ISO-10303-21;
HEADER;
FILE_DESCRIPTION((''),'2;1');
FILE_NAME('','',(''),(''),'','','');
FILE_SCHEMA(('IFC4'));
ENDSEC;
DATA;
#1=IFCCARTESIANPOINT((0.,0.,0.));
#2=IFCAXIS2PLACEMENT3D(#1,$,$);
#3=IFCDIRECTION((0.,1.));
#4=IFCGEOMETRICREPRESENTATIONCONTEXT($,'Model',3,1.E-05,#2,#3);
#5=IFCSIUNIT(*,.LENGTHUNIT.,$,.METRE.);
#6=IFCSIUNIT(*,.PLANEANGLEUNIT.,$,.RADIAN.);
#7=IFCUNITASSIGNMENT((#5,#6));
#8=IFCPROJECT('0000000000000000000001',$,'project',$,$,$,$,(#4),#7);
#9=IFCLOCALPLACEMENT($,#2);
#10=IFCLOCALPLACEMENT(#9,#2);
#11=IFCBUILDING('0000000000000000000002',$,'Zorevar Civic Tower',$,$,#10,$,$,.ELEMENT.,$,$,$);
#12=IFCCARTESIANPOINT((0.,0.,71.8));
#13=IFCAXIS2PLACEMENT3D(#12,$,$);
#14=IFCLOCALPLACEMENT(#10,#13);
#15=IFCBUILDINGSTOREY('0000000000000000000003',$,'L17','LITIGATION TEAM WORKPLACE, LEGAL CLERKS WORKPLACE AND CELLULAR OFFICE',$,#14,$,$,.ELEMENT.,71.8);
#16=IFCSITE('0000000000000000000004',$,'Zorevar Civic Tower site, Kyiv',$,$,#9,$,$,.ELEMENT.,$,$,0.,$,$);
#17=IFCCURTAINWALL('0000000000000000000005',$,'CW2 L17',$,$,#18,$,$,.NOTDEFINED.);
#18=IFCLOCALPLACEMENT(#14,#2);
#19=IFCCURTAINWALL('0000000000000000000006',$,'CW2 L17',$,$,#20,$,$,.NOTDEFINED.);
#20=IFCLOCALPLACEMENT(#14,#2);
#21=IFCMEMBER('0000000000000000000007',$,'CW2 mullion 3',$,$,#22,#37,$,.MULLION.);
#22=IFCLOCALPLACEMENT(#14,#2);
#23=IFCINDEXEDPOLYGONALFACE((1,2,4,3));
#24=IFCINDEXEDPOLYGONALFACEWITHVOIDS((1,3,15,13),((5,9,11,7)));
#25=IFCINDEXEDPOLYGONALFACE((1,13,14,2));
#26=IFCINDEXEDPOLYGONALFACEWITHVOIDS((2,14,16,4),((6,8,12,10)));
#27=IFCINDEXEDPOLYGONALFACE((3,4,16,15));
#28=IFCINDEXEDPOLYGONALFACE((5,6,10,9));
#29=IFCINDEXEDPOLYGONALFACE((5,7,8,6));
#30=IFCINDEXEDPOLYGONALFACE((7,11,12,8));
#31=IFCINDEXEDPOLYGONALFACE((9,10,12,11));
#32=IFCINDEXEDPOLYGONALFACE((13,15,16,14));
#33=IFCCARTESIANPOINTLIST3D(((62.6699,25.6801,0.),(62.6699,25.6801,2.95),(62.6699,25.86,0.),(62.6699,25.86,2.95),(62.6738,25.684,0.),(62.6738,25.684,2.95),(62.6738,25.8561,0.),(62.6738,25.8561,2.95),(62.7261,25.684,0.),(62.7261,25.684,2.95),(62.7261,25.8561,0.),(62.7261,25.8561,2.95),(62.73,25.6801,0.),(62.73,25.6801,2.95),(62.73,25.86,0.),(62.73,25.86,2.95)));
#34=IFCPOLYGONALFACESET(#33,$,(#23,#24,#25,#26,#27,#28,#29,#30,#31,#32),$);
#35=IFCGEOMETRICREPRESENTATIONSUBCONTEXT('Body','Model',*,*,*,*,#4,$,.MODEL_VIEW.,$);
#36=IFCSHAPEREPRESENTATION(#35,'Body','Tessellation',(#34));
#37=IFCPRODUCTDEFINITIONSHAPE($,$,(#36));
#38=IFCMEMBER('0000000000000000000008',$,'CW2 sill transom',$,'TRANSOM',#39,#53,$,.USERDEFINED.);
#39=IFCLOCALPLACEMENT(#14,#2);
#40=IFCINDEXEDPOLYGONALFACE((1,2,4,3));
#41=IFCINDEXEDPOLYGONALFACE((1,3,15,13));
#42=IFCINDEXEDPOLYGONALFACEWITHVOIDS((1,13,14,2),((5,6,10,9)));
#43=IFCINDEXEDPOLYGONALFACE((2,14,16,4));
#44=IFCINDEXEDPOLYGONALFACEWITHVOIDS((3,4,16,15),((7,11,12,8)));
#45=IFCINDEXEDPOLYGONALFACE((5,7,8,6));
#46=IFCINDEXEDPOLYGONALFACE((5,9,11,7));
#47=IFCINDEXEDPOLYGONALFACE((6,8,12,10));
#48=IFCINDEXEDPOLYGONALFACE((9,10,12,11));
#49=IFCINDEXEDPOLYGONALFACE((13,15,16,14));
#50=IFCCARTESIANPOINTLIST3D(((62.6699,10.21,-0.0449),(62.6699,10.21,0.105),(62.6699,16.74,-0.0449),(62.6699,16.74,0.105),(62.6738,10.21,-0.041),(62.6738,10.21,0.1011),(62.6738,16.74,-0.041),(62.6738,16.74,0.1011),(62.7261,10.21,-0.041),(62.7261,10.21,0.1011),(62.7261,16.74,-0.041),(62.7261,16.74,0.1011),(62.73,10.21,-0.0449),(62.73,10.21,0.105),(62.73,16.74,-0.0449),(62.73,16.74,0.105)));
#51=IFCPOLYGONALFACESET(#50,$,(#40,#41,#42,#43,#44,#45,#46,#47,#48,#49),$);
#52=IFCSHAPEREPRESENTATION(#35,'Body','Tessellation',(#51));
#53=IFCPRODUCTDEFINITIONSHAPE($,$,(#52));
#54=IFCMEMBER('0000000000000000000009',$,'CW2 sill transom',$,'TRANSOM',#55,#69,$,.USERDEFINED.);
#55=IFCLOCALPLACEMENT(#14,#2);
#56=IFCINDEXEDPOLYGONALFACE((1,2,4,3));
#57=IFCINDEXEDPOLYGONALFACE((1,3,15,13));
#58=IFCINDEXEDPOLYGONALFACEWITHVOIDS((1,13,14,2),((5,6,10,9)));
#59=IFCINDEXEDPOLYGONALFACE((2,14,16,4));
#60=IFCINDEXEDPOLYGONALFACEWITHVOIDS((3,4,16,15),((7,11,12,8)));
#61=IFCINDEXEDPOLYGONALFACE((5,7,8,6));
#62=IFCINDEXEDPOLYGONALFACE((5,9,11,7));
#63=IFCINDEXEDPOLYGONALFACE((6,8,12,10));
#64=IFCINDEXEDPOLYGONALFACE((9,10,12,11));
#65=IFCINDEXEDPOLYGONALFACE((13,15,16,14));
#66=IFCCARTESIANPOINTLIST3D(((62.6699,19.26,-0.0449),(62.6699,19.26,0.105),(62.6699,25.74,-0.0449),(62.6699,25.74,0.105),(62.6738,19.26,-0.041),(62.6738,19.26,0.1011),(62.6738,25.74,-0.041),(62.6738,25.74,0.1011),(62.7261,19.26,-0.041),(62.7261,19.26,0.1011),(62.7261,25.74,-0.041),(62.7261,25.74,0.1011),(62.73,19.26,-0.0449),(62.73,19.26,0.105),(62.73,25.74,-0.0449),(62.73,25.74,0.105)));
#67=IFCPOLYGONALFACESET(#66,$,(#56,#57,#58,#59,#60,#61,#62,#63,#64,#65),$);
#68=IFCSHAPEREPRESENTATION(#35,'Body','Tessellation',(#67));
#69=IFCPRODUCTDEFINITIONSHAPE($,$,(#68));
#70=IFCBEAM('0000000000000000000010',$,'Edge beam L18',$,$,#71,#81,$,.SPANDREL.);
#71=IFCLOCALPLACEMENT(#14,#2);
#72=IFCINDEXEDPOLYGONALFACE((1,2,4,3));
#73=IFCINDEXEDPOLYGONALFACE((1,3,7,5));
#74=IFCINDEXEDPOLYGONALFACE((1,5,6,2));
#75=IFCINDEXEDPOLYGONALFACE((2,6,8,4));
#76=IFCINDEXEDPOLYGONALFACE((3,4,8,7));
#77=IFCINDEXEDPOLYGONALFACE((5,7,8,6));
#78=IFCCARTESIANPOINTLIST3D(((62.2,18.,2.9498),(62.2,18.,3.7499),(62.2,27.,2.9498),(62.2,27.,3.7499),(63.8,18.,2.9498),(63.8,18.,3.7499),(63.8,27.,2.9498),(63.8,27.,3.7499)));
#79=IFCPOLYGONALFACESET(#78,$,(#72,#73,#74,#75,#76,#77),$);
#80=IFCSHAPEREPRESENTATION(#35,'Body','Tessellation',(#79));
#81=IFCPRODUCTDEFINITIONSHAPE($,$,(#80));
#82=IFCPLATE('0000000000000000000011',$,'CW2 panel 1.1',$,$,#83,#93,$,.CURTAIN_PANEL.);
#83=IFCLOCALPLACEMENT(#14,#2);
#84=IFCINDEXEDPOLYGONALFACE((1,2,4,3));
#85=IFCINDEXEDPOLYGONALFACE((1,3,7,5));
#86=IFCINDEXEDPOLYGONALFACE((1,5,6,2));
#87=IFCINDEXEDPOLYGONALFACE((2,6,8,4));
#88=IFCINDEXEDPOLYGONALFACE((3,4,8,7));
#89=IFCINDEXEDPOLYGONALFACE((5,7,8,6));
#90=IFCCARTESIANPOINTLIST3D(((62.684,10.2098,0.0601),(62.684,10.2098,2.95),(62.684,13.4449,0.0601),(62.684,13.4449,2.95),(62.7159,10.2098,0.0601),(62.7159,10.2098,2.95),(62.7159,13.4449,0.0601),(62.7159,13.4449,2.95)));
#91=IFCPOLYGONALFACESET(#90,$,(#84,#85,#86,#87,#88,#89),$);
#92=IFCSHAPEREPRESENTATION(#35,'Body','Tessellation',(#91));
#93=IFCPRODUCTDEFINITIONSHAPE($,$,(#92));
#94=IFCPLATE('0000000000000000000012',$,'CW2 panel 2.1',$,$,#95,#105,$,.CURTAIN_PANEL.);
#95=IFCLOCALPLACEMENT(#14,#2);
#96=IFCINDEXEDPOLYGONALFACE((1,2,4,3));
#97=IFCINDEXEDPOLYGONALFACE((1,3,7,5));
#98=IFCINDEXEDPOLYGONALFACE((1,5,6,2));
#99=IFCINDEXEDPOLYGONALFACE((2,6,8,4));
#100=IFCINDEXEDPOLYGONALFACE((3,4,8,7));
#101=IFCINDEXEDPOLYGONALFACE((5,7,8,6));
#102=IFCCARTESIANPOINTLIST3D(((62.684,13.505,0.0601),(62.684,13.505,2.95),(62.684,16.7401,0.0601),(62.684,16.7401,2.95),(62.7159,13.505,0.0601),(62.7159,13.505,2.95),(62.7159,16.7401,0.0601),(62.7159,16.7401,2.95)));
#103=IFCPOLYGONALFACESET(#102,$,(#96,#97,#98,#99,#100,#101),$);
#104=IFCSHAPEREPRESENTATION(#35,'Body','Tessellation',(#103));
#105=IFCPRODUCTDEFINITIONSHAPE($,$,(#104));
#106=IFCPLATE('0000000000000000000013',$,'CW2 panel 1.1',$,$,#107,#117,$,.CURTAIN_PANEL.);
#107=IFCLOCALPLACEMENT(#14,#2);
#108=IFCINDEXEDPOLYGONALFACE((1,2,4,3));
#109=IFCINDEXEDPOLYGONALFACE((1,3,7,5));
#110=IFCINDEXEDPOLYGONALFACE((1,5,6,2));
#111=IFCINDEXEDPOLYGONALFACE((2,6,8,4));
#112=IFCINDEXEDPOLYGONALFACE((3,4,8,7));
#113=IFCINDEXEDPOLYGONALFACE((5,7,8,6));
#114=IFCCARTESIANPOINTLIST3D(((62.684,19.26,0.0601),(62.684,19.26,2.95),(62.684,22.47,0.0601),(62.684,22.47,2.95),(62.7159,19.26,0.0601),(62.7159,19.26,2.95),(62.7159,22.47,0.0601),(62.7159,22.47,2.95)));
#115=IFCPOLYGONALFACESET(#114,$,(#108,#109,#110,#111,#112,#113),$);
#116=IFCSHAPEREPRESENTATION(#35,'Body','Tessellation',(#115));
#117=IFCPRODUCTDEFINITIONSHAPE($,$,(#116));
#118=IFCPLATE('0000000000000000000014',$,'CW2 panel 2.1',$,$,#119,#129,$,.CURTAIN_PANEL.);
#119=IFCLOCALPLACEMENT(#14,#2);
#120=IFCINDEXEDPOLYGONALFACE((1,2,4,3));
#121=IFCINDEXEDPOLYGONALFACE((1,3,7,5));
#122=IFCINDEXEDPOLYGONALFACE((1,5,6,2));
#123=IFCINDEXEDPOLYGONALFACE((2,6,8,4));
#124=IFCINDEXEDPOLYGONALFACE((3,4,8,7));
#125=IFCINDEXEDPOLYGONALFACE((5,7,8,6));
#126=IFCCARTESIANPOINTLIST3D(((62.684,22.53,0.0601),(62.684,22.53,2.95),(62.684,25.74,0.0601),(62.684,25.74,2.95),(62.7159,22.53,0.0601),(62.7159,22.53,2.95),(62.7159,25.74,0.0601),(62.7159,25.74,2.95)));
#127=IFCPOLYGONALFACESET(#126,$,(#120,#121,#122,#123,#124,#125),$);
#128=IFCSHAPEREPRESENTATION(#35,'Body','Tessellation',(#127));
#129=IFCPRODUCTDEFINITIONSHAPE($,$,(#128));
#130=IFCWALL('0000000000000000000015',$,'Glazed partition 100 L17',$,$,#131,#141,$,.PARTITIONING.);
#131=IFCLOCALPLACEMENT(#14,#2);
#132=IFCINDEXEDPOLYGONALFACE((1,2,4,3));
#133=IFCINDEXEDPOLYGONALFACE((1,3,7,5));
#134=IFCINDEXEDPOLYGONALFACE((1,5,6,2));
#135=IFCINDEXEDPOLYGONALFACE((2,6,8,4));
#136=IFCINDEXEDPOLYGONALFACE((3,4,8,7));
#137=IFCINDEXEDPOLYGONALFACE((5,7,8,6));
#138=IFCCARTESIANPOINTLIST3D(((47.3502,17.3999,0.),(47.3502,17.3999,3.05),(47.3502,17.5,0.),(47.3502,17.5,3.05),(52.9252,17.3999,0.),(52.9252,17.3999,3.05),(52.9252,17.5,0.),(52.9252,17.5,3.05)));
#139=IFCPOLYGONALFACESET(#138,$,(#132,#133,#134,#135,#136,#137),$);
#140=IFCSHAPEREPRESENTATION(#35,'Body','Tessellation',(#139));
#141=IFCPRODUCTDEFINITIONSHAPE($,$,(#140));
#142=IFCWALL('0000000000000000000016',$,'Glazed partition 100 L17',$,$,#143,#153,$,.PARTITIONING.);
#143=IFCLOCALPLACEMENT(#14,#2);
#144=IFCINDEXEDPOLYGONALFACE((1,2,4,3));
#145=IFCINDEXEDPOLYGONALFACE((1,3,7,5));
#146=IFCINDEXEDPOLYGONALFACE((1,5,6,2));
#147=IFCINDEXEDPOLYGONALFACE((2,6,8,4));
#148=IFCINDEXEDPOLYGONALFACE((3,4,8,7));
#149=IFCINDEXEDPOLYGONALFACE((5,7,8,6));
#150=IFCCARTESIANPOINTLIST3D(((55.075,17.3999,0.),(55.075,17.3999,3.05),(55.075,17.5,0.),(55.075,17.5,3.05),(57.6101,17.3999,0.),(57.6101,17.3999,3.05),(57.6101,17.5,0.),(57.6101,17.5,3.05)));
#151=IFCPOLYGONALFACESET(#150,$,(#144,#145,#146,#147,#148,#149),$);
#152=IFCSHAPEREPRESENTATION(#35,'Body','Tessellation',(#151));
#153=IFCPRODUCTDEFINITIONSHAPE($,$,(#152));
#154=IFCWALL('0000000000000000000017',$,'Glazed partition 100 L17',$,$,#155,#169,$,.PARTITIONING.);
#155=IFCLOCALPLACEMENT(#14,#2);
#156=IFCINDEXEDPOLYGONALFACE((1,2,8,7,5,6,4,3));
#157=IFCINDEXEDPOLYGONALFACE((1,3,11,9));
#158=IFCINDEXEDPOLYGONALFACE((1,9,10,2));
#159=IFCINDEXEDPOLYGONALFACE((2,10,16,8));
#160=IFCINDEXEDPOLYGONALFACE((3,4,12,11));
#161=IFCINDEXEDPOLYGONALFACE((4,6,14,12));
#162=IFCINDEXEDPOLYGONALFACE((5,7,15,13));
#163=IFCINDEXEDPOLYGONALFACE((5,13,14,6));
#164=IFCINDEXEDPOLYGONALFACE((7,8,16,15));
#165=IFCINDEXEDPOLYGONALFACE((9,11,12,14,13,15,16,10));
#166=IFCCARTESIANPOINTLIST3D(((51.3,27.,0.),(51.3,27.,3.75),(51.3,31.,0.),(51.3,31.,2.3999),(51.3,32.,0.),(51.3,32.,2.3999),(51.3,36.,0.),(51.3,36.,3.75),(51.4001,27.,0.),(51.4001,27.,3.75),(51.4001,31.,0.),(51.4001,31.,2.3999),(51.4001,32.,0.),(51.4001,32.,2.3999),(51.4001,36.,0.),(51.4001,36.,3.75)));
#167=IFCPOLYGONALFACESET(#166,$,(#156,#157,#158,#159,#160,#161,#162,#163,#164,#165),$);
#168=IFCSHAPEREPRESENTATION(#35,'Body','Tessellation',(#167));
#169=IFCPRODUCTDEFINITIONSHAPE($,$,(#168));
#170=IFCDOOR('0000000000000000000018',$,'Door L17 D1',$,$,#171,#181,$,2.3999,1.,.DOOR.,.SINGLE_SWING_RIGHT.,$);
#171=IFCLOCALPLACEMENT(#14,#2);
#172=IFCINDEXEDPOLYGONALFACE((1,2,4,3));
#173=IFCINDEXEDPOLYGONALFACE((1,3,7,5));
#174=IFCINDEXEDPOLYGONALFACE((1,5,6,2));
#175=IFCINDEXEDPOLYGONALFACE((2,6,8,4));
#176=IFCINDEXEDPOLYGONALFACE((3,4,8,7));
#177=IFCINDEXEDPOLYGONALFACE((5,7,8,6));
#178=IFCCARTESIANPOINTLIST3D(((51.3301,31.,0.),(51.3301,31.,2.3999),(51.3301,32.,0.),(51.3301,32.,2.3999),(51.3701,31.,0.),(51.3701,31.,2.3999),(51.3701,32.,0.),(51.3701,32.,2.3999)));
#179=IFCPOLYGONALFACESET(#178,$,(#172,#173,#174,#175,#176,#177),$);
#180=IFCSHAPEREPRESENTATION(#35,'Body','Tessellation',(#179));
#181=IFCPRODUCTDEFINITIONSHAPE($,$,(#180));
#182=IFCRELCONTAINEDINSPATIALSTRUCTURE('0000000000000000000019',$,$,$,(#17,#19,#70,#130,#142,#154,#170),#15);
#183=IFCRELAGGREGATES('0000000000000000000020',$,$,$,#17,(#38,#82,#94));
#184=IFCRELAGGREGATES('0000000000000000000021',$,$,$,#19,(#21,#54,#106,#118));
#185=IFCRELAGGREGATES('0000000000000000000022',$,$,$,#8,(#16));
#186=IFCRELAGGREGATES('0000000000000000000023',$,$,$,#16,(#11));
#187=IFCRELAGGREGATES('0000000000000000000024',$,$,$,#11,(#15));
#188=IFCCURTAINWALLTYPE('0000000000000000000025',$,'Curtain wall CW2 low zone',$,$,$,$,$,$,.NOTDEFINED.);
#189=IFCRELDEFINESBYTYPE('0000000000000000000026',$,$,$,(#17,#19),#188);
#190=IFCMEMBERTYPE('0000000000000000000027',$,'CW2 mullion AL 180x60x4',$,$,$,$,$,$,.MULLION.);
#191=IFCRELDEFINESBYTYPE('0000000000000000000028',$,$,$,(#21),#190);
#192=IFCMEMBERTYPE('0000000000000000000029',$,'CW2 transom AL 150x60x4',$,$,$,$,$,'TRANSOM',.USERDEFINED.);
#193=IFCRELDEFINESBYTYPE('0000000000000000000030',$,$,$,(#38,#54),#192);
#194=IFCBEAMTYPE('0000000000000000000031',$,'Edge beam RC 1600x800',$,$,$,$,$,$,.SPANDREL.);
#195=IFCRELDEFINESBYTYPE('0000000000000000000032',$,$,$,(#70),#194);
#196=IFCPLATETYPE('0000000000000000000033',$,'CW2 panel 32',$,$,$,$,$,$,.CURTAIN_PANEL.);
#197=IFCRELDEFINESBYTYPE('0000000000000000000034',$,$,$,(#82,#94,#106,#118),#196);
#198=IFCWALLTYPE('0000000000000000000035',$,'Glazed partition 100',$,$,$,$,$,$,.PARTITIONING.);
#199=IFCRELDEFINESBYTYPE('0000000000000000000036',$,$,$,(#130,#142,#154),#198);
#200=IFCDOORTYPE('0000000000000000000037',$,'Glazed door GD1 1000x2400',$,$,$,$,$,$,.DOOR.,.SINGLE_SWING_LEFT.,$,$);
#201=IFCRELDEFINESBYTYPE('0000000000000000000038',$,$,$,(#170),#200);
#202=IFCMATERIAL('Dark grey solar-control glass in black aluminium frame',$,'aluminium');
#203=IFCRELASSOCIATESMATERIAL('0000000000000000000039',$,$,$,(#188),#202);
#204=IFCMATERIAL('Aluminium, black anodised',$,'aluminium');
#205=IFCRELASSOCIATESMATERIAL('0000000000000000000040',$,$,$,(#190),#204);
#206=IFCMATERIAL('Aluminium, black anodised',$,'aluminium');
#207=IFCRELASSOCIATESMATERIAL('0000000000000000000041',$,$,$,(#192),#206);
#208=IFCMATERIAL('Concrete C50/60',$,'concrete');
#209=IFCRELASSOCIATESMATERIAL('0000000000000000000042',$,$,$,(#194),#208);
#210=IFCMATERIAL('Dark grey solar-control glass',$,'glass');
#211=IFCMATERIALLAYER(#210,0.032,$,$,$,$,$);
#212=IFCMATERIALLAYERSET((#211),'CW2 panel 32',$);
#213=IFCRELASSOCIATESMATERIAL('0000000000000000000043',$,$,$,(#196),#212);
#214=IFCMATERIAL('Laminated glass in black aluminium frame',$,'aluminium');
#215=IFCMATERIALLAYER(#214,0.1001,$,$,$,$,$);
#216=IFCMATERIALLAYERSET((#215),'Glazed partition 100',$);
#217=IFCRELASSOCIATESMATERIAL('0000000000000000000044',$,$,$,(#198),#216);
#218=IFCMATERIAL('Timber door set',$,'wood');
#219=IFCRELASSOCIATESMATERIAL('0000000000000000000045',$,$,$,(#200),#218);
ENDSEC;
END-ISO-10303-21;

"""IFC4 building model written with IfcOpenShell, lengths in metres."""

from ifc_helpers import new_model, si_unit, direction, frame, frame_2d, origin, origin_2d, place, context, subcontext, project, spatial, rectangle, hollow_rectangle, extrude, material, layer, layer_set, material_profile, profile_set, type_object, element, fill, aggregate, save


model = new_model("IFC4")

# Units and contexts
model_context = context("Model", 3, precision=1e-05, world=origin(), true_north=direction((0.0, 1.0)))
body_context = subcontext(model_context, "Body", "Model", "MODEL_VIEW")
ifc_project = project(units=[si_unit("LENGTHUNIT", "METRE"), si_unit("PLANEANGLEUNIT", "RADIAN")], contexts=[model_context])

# Site, building, storey
site_placement = place(None, origin())
site = spatial("IfcSite", under=ifc_project, at=site_placement, Name="Zorevar Civic Tower site, Kyiv", CompositionType="ELEMENT", RefElevation=0.0)
building_placement = place(site_placement, origin())
building = spatial("IfcBuilding", under=site, at=building_placement, Name="Zorevar Civic Tower", CompositionType="ELEMENT")
storey_placement = place(building_placement, frame((0.0, 0.0, 71.8)))
storey = spatial("IfcBuildingStorey", under=building, at=storey_placement, Name="L17", Description="LITIGATION TEAM WORKPLACE, LEGAL CLERKS WORKPLACE AND CELLULAR OFFICE", CompositionType="ELEMENT", Elevation=71.8)

# Curtain walls, member
ifc_material_1 = material(Name="Dark grey solar-control glass in black aluminium frame", Category="aluminium")
curtain_wall_type = type_object("IfcCurtainWallType", Name="Curtain wall CW2 low zone", PredefinedType="NOTDEFINED", material=ifc_material_1)
curtain_wall_1_placement = place(storey_placement, origin())
curtain_wall_1 = element("IfcCurtainWall", 1, at=curtain_wall_1_placement, inside=storey, type_object=curtain_wall_type, Name="CW2 L17", PredefinedType="NOTDEFINED")
ifc_material_2 = material(Name="Aluminium, black anodised", Category="aluminium")
ifc_material_profile_1 = material_profile(ifc_material_2, hollow_rectangle(XDim=0.0601, YDim=0.1799, WallThickness=0.0039, at=origin_2d()), Name="AL 180x60x4")
ifc_profile_set_1 = profile_set([ifc_material_profile_1], Name="Aluminium, black anodised")
member_type_1 = type_object("IfcMemberType", Name="CW2 mullion AL 180x60x4", PredefinedType="MULLION", material=ifc_profile_set_1)
curtain_wall_2_placement = place(storey_placement, origin())
curtain_wall_2 = element("IfcCurtainWall", 2, at=curtain_wall_2_placement, inside=storey, type_object=curtain_wall_type, Name="CW2 L17", PredefinedType="NOTDEFINED")
member_1_placement = place(storey_placement, frame((62.7, 25.77, 0.0), z_axis=(0.0, 0.0, 1.0), x_axis=(-1.0, 0.0, 0.0)))
member_1 = element("IfcMember", 3, at=member_1_placement, type_object=member_type_1, Name="CW2 mullion 3", PredefinedType="MULLION", context=body_context, shape_type="SweptSolid", body=[
    extrude(hollow_rectangle(XDim=0.0601, YDim=0.1799, WallThickness=0.0039, at=origin_2d()), origin(), (0.0, 0.0, 1.0), 2.95),
])

# Members
ifc_material_3 = material(Name="Aluminium, black anodised", Category="aluminium")
ifc_material_profile_2 = material_profile(ifc_material_3, hollow_rectangle(XDim=0.0601, YDim=0.1499, WallThickness=0.0039, at=origin_2d()), Name="AL 150x60x4")
ifc_profile_set_2 = profile_set([ifc_material_profile_2], Name="Aluminium, black anodised")
member_type_2 = type_object("IfcMemberType", Name="CW2 transom AL 150x60x4", ElementType="TRANSOM", PredefinedType="USERDEFINED", material=ifc_profile_set_2)
member_2_placement = place(storey_placement, frame((62.7, 10.21, 0.03), z_axis=(0.0, 1.0, 0.0), x_axis=(-1.0, 0.0, 0.0)))
member_2 = element("IfcMember", 4, at=member_2_placement, type_object=member_type_2, Name="CW2 sill transom", ObjectType="TRANSOM", PredefinedType="USERDEFINED", context=body_context, shape_type="SweptSolid", body=[
    extrude(hollow_rectangle(XDim=0.0601, YDim=0.1499, WallThickness=0.0039, at=origin_2d()), origin(), (0.0, 0.0, 1.0), 6.53),
])
member_3_placement = place(storey_placement, frame((62.7, 19.26, 0.03), z_axis=(0.0, 1.0, 0.0), x_axis=(-1.0, 0.0, 0.0)))
member_3 = element("IfcMember", 5, at=member_3_placement, type_object=member_type_2, Name="CW2 sill transom", ObjectType="TRANSOM", PredefinedType="USERDEFINED", context=body_context, shape_type="SweptSolid", body=[
    extrude(hollow_rectangle(XDim=0.0601, YDim=0.1499, WallThickness=0.0039, at=origin_2d()), origin(), (0.0, 0.0, 1.0), 6.48),
])

# Beam
ifc_material_4 = material(Name="Concrete C50/60", Category="concrete")
ifc_material_profile_3 = material_profile(ifc_material_4, rectangle(XDim=1.6001, YDim=0.8, at=origin_2d()), Name="RC 1600x800")
ifc_profile_set_3 = profile_set([ifc_material_profile_3], Name="Concrete C50/60")
beam_type_1 = type_object("IfcBeamType", Name="Edge beam RC 1600x800", PredefinedType="SPANDREL", material=ifc_profile_set_3)
beam_placement = place(storey_placement, frame((63.0, 18.0, 3.3499), z_axis=(0.0, 1.0, 0.0), x_axis=(-1.0, 0.0, 0.0)))
element("IfcBeam", 6, at=beam_placement, inside=storey, type_object=beam_type_1, Name="Edge beam L18", PredefinedType="SPANDREL", context=body_context, shape_type="SweptSolid", body=[
    extrude(rectangle(XDim=1.6001, YDim=0.8, at=origin_2d()), origin(), (0.0, 0.0, 1.0), 9.0),
])

# Plates
ifc_material_5 = material(Name="Dark grey solar-control glass", Category="glass")
ifc_layer_1 = layer(ifc_material_5, 0.032)
ifc_layer_set_1 = layer_set([ifc_layer_1], Name="CW2 panel 32")
plate_type = type_object("IfcPlateType", Name="CW2 panel 32", PredefinedType="CURTAIN_PANEL", material=ifc_layer_set_1)
plate_1_placement = place(storey_placement, frame((62.7, 11.8274, 0.0601), z_axis=(0.0, 0.0, 1.0), x_axis=(0.0, 1.0, 0.0)))
plate_1 = element("IfcPlate", 7, at=plate_1_placement, type_object=plate_type, Name="CW2 panel 1.1", PredefinedType="CURTAIN_PANEL", context=body_context, shape_type="SweptSolid", body=[
    extrude(rectangle(XDim=3.2351, YDim=0.032, at=origin_2d()), origin(), (0.0, 0.0, 1.0), 2.8899),
])
plate_2_placement = place(storey_placement, frame((62.7, 15.1226, 0.0601), z_axis=(0.0, 0.0, 1.0), x_axis=(0.0, 1.0, 0.0)))
plate_2 = element("IfcPlate", 8, at=plate_2_placement, type_object=plate_type, Name="CW2 panel 2.1", PredefinedType="CURTAIN_PANEL", context=body_context, shape_type="SweptSolid", body=[
    extrude(rectangle(XDim=3.2351, YDim=0.032, at=origin_2d()), origin(), (0.0, 0.0, 1.0), 2.8899),
])
aggregate(curtain_wall_1, [member_2, plate_1, plate_2])
plate_3_placement = place(storey_placement, frame((62.7, 20.865, 0.0601), z_axis=(0.0, 0.0, 1.0), x_axis=(0.0, 1.0, 0.0)))
plate_3 = element("IfcPlate", 9, at=plate_3_placement, type_object=plate_type, Name="CW2 panel 1.1", PredefinedType="CURTAIN_PANEL", context=body_context, shape_type="SweptSolid", body=[
    extrude(rectangle(XDim=3.21, YDim=0.032, at=origin_2d()), origin(), (0.0, 0.0, 1.0), 2.8899),
])
plate_4_placement = place(storey_placement, frame((62.7, 24.135, 0.0601), z_axis=(0.0, 0.0, 1.0), x_axis=(0.0, 1.0, 0.0)))
plate_4 = element("IfcPlate", 10, at=plate_4_placement, type_object=plate_type, Name="CW2 panel 2.1", PredefinedType="CURTAIN_PANEL", context=body_context, shape_type="SweptSolid", body=[
    extrude(rectangle(XDim=3.21, YDim=0.032, at=origin_2d()), origin(), (0.0, 0.0, 1.0), 2.8899),
])
aggregate(curtain_wall_2, [member_1, member_3, plate_3, plate_4])

# Walls
ifc_material_6 = material(Name="Laminated glass in black aluminium frame", Category="aluminium")
ifc_layer_2 = layer(ifc_material_6, 0.1001)
ifc_layer_set_2 = layer_set([ifc_layer_2], Name="Glazed partition 100")
wall_type_1 = type_object("IfcWallType", Name="Glazed partition 100", PredefinedType="PARTITIONING", material=ifc_layer_set_2)
wall_1_placement = place(storey_placement, frame((47.3501, 17.45, 0.0), z_axis=(0.0, 0.0, 1.0), x_axis=(1.0, 0.0, 0.0)))
element("IfcWall", 11, at=wall_1_placement, inside=storey, type_object=wall_type_1, Name="Glazed partition 100 L17", PredefinedType="PARTITIONING", context=body_context, shape_type="SweptSolid", body=[
    extrude(rectangle(XDim=5.575, YDim=0.1001, at=frame_2d((2.7876, 0.0))), origin(), (0.0, 0.0, 1.0), 3.05),
])
wall_2_placement = place(storey_placement, frame((55.075, 17.45, 0.0), z_axis=(0.0, 0.0, 1.0), x_axis=(1.0, 0.0, 0.0)))
element("IfcWall", 12, at=wall_2_placement, inside=storey, type_object=wall_type_1, Name="Glazed partition 100 L17", PredefinedType="PARTITIONING", context=body_context, shape_type="SweptSolid", body=[
    extrude(rectangle(XDim=2.5352, YDim=0.1001, at=frame_2d((1.2676, 0.0))), origin(), (0.0, 0.0, 1.0), 3.05),
])

# Wall, opening, door
wall_3_placement = place(storey_placement, frame((51.3501, 27.0, 0.0), z_axis=(0.0, 0.0, 1.0), x_axis=(0.0, 1.0, 0.0)))
wall_3 = element("IfcWall", 13, at=wall_3_placement, inside=storey, type_object=wall_type_1, Name="Glazed partition 100 L17", PredefinedType="PARTITIONING", context=body_context, shape_type="SweptSolid", body=[
    extrude(rectangle(XDim=9.0, YDim=0.1001, at=frame_2d((4.5, 0.0))), origin(), (0.0, 0.0, 1.0), 3.75),
])
opening_1_placement = place(wall_3_placement, frame((4.0, 0.0, 0.0)))
opening_1 = element("IfcOpeningElement", 14, at=opening_1_placement, cuts=wall_3, PredefinedType="OPENING", context=body_context, shape_type="SweptSolid", body=[
    extrude(rectangle(XDim=1.0, YDim=2.3999, at=frame_2d((0.5, 1.2))), frame((0.0, 0.0601, 0.0), z_axis=(0.0, -1.0, 0.0), x_axis=(1.0, 0.0, 0.0)), (0.0, 0.0, 1.0), 0.1201),
])
ifc_material_7 = material(Name="Timber door set", Category="wood")
door_type_1 = type_object("IfcDoorType", Name="Glazed door GD1 1000x2400", OperationType="SINGLE_SWING_LEFT", PredefinedType="DOOR", material=ifc_material_7)
door_1_placement = place(opening_1_placement, origin())
door_1 = element("IfcDoor", 15, at=door_1_placement, inside=storey, type_object=door_type_1, Name="Door L17 D1", OperationType="SINGLE_SWING_RIGHT", OverallHeight=2.3999, OverallWidth=1.0, PredefinedType="DOOR", context=body_context, shape_type="SweptSolid", body=[
    extrude(rectangle(XDim=1.0, YDim=2.3999, at=frame_2d((0.5, 1.2))), frame((0.0, 0.02, 0.0), z_axis=(0.0, -1.0, 0.0), x_axis=(1.0, 0.0, 0.0)), (0.0, 0.0, 1.0), 0.04),
])
fill(opening_1, door_1)

save(model, "model.ifc")
